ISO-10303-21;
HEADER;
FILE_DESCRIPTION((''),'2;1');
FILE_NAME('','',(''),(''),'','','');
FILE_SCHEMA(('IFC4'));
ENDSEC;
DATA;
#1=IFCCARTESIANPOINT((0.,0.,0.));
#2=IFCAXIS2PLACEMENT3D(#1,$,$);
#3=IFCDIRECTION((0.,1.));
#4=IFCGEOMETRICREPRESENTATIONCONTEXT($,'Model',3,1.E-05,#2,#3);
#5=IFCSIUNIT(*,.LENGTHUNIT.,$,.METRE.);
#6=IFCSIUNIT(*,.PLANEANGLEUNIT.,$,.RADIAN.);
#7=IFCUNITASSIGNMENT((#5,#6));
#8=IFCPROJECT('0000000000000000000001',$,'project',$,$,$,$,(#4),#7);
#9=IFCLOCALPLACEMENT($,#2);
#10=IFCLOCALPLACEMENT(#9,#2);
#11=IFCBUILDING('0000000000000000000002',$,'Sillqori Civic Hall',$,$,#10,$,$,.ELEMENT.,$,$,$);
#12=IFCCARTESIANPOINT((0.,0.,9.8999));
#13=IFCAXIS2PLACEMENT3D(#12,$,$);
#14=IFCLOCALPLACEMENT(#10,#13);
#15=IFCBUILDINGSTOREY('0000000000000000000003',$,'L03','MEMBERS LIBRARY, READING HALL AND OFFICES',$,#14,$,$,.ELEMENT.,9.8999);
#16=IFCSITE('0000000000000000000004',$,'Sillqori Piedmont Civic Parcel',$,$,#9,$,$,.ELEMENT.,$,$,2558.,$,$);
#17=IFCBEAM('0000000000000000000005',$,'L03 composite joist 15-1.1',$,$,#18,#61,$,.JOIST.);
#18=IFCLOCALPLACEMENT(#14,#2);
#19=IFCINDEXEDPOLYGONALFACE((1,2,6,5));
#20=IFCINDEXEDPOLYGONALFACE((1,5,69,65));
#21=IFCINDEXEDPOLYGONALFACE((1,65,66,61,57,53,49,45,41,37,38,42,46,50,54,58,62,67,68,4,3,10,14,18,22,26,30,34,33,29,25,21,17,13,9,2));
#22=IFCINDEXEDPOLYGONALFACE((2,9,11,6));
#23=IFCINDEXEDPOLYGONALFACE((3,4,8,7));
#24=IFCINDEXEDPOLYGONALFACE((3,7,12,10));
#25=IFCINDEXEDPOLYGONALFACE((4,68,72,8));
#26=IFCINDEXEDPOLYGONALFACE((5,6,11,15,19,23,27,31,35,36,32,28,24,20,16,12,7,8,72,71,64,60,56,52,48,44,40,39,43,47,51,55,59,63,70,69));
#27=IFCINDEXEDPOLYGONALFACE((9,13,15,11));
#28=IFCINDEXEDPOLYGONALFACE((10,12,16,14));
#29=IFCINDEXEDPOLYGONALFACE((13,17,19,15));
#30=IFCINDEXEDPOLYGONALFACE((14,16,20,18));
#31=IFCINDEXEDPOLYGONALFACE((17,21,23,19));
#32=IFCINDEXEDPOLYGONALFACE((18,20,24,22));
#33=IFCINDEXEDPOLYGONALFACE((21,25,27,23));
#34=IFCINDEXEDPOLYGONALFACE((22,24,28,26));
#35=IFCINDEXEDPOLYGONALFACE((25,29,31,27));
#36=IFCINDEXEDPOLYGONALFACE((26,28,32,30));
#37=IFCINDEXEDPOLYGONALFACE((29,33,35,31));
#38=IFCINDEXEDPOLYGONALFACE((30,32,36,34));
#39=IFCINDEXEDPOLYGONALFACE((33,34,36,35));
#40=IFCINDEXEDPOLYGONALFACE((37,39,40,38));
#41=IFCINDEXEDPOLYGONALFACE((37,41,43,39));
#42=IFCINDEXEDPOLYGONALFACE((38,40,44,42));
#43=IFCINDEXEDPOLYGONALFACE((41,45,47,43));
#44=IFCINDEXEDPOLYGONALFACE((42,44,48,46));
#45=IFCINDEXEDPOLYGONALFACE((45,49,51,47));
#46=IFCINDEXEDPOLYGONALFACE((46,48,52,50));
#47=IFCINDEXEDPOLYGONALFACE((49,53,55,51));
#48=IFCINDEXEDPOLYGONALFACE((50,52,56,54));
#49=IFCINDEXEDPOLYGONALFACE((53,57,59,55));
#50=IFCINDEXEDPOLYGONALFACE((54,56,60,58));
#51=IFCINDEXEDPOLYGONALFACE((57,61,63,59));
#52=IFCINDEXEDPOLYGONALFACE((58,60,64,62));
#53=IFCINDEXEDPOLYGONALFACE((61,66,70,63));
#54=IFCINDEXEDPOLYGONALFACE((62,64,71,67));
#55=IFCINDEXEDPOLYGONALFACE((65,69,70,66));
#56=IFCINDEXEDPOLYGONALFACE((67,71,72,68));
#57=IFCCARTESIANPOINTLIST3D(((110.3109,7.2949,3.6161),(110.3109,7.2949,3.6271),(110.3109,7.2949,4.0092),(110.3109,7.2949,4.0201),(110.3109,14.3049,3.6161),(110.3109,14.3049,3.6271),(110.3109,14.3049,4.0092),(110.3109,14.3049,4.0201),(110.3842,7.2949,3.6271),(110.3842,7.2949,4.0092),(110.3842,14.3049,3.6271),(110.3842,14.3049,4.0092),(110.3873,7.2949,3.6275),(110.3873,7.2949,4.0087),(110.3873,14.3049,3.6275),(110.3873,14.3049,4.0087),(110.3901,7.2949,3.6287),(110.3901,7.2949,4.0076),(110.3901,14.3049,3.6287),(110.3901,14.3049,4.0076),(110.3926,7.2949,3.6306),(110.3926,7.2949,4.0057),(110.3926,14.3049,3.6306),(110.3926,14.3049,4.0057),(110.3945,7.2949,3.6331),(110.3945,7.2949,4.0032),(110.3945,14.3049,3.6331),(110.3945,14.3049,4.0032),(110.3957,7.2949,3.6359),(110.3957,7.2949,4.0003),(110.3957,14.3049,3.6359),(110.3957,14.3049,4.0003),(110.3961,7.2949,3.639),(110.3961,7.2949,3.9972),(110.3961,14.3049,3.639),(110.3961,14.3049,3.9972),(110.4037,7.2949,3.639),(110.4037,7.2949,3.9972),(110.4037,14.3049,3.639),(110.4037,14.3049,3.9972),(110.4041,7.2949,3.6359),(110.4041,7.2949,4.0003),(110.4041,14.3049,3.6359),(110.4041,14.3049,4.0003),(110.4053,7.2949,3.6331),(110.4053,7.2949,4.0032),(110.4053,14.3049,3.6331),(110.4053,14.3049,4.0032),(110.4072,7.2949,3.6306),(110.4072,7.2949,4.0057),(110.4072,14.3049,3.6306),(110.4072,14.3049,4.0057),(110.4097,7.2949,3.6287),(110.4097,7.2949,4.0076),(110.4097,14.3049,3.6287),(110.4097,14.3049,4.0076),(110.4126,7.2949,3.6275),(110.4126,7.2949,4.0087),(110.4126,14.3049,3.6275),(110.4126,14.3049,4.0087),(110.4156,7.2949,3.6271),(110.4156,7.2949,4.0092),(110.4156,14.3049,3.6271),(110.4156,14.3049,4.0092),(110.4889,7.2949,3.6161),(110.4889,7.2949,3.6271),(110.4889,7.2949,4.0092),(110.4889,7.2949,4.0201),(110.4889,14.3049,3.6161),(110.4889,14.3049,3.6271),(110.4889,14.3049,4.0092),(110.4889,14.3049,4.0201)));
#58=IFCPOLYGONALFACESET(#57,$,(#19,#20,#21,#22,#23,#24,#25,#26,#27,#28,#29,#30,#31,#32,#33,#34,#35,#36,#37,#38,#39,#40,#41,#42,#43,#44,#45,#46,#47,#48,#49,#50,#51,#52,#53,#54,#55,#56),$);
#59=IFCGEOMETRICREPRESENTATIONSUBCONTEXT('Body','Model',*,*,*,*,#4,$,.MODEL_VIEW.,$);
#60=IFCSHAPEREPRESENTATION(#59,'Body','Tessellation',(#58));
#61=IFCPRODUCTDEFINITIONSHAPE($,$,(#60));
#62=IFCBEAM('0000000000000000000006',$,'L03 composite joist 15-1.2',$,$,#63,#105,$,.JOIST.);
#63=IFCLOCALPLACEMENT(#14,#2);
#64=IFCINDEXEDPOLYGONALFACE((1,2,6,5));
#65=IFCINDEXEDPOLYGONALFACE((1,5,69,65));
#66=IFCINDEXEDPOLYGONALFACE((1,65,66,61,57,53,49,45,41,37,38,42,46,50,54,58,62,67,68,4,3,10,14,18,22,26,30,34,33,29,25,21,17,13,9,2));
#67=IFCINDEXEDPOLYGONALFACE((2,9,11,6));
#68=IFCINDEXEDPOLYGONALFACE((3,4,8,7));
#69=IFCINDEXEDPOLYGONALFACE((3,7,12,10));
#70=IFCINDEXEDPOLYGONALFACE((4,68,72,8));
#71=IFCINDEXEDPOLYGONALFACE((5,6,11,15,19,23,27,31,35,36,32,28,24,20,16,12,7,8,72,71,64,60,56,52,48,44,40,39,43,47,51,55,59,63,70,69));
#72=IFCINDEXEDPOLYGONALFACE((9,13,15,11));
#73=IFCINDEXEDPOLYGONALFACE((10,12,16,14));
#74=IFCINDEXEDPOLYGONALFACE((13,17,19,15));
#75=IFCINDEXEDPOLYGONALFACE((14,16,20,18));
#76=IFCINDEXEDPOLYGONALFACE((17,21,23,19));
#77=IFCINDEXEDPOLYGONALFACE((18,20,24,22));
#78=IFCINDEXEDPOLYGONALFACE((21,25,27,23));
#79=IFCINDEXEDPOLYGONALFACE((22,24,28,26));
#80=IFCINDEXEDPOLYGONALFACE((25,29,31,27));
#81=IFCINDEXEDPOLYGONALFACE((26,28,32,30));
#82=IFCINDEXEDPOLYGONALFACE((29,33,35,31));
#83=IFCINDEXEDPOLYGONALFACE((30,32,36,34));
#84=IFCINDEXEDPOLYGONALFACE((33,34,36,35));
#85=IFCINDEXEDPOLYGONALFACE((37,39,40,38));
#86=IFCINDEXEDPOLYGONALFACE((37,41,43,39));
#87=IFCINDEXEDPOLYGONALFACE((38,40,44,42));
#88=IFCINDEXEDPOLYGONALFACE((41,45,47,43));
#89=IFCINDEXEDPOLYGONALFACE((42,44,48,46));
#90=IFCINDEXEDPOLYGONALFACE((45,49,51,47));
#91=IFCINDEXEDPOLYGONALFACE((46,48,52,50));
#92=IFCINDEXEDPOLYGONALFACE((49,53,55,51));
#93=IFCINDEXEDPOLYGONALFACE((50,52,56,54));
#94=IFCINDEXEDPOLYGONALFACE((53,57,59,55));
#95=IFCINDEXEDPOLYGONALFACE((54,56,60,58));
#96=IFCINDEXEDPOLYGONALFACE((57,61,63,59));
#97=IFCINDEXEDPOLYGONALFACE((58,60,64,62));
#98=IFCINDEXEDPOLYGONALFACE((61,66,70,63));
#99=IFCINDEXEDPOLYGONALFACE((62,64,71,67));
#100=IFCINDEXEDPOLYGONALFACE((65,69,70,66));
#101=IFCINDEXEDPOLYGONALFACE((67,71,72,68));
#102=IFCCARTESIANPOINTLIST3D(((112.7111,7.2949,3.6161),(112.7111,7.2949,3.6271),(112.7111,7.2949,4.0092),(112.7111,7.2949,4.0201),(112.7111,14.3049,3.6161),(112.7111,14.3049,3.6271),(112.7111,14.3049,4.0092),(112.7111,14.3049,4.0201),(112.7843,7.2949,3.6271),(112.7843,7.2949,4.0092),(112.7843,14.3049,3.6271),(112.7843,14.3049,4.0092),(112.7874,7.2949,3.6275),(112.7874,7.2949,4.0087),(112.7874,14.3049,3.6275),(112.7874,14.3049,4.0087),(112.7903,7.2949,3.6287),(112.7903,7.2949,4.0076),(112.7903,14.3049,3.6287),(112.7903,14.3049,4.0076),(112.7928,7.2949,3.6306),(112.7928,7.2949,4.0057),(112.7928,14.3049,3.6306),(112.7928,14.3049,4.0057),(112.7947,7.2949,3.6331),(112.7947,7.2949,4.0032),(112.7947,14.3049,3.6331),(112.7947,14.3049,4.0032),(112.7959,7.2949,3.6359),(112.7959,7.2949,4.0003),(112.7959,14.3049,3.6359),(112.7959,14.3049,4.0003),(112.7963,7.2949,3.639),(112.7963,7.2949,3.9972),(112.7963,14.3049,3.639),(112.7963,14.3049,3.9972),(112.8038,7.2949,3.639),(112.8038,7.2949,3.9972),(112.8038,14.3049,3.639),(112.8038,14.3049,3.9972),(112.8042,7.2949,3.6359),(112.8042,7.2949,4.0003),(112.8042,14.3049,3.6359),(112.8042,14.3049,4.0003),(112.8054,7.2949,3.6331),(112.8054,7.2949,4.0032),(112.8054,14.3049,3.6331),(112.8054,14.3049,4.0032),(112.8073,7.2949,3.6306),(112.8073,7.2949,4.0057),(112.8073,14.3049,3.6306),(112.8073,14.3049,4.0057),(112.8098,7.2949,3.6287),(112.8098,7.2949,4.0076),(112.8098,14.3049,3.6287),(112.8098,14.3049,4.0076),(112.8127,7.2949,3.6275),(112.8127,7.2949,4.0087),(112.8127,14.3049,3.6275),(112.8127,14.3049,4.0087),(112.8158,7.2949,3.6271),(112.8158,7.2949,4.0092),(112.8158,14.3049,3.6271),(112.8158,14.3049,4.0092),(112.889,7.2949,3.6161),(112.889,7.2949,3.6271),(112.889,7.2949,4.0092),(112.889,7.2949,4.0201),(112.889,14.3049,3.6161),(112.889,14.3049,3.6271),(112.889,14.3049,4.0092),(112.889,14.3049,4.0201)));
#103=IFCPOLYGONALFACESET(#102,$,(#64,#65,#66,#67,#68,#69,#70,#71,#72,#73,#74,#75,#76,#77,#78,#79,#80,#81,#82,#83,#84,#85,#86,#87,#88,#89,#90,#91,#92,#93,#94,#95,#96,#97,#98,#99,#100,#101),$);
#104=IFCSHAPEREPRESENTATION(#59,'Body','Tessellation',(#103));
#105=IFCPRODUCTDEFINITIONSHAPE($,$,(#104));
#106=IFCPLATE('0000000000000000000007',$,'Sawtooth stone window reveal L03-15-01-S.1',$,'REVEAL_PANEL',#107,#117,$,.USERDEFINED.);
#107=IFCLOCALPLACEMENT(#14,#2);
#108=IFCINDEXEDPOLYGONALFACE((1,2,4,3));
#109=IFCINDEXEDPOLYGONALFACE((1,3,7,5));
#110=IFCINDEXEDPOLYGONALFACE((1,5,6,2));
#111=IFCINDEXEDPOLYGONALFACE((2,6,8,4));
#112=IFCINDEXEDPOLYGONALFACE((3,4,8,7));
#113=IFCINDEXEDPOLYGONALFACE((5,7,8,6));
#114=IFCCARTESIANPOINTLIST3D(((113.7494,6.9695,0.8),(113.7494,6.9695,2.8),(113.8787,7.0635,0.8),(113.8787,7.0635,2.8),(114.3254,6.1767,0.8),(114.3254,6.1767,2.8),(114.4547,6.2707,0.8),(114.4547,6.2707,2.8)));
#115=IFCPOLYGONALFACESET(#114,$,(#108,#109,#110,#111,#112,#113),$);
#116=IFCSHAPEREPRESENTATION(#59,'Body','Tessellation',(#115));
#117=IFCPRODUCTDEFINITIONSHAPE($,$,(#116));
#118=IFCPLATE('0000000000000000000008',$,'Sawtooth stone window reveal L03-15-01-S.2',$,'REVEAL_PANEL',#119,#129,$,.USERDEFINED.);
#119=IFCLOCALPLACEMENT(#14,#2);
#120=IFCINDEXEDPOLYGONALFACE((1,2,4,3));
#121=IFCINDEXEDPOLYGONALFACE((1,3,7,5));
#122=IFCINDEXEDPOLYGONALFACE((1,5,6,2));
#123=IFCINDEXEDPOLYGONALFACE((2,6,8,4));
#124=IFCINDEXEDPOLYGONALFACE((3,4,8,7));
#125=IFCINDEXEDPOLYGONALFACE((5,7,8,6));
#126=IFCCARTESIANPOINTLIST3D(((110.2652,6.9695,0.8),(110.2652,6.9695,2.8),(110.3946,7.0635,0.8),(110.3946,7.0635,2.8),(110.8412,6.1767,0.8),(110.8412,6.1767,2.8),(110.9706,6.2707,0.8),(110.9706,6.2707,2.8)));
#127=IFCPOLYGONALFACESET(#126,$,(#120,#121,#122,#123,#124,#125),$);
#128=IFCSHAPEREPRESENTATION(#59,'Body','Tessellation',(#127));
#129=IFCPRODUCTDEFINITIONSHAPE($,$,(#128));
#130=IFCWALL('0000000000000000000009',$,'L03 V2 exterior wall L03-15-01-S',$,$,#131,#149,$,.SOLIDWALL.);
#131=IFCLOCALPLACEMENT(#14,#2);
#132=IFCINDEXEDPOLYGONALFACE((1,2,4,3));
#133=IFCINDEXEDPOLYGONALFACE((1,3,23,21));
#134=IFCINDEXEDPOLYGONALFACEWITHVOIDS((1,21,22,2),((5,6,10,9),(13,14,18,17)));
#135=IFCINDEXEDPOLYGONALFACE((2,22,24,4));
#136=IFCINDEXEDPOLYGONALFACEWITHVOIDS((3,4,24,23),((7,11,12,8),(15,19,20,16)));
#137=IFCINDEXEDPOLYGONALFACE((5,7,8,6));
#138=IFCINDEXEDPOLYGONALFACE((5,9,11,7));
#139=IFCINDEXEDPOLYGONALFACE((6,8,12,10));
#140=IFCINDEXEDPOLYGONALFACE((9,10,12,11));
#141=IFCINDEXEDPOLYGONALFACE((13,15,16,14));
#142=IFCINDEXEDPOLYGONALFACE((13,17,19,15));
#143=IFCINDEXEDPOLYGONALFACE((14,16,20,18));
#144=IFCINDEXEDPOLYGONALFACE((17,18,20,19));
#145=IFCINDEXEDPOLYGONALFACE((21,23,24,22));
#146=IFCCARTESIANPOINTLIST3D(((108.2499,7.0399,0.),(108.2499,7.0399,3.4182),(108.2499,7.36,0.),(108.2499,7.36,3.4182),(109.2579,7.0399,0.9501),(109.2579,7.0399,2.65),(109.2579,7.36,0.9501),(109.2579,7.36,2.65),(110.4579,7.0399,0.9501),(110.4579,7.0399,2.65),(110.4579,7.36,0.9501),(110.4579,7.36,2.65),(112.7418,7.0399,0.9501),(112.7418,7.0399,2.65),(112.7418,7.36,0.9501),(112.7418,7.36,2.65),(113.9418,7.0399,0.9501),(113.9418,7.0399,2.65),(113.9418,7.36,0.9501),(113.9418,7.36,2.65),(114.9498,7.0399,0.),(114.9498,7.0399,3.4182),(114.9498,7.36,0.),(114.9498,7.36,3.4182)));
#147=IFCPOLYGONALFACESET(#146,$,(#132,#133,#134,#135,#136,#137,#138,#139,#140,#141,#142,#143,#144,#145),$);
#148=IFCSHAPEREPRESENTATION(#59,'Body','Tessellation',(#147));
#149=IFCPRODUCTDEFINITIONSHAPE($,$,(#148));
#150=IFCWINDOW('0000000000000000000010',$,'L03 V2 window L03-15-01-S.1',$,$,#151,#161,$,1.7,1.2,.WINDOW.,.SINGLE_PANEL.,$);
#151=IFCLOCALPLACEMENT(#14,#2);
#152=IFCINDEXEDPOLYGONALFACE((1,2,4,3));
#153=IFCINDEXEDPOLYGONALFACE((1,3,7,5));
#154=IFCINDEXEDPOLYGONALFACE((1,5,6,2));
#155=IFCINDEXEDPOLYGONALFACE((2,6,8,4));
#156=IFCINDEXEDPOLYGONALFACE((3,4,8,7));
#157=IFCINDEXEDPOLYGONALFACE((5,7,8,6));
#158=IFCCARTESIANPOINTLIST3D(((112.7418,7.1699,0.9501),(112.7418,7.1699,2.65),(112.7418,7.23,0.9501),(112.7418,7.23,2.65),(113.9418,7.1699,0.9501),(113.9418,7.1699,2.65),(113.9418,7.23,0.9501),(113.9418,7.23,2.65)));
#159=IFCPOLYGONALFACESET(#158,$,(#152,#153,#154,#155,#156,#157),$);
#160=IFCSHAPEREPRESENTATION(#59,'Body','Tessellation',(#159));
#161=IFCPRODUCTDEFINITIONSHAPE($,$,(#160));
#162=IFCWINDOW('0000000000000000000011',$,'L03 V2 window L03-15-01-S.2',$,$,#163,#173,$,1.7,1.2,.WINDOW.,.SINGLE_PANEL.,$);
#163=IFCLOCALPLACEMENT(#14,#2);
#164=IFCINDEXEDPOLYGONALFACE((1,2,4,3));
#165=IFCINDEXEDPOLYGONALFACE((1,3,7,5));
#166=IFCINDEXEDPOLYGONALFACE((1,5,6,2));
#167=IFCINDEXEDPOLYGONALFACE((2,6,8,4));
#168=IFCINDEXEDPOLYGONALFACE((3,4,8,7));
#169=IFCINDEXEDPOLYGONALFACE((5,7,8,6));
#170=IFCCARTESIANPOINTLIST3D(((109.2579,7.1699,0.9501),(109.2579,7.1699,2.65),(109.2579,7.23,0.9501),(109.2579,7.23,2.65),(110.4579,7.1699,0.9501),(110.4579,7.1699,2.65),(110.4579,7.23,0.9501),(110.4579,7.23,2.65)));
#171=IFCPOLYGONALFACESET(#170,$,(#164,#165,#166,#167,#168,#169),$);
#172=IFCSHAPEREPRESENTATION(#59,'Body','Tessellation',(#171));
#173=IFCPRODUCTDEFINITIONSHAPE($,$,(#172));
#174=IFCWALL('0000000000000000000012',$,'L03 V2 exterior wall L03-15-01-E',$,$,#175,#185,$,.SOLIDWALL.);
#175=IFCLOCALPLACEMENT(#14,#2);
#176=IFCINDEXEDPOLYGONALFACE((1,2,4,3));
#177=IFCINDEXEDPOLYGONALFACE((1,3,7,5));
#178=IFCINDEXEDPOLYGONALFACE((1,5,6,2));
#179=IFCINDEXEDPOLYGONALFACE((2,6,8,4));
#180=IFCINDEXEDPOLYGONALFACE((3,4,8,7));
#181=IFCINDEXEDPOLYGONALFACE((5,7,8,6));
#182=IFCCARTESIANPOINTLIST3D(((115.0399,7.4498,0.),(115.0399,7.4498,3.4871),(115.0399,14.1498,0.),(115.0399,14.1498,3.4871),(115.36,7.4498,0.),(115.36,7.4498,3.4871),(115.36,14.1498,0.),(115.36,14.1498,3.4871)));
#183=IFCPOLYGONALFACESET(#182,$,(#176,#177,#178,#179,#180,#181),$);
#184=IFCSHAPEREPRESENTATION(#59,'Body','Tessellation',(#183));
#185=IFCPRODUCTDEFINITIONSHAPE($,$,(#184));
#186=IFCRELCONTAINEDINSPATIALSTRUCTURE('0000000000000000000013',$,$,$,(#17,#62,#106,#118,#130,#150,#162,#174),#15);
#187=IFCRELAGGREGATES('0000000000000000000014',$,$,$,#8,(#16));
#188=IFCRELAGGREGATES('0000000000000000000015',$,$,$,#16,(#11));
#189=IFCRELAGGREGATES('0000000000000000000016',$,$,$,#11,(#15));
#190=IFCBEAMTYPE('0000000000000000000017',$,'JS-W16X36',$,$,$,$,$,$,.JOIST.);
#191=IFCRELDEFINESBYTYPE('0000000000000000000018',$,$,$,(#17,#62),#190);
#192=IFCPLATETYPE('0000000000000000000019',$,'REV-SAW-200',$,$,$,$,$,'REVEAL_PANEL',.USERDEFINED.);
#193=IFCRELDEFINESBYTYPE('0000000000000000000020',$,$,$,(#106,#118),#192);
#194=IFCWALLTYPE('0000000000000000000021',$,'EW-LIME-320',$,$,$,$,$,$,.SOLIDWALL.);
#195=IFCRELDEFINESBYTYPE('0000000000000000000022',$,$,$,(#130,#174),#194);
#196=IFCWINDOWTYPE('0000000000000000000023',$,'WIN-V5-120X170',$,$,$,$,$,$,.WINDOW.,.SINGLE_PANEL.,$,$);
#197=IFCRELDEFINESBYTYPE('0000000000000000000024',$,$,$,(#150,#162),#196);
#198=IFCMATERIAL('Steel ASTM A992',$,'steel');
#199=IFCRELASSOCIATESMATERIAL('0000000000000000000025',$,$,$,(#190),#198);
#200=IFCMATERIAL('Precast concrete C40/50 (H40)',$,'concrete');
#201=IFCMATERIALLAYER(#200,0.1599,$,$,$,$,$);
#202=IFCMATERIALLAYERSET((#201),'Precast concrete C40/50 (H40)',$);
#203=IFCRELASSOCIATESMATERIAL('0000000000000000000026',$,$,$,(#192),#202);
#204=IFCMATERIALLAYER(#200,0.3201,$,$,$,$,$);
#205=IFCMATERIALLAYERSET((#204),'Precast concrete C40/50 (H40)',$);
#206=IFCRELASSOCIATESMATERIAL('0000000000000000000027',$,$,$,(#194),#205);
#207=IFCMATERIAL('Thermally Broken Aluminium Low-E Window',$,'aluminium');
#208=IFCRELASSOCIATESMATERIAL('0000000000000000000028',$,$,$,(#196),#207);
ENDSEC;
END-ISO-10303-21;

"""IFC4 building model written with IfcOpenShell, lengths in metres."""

from ifc_helpers import new_model, si_unit, direction, frame, frame_2d, origin, origin_2d, place, context, subcontext, project, spatial, rectangle, i_section, extrude, material, layer, layer_set, material_profile, profile_set, type_object, element, fill, save


model = new_model("IFC4")

# Units and contexts
model_context = context("Model", 3, precision=1e-05, world=origin(), true_north=direction((0.0, 1.0)))
body_context = subcontext(model_context, "Body", "Model", "MODEL_VIEW")
ifc_project = project(units=[si_unit("LENGTHUNIT", "METRE"), si_unit("PLANEANGLEUNIT", "RADIAN")], contexts=[model_context])

# Site, building, storey
site_placement = place(None, origin())
site = spatial("IfcSite", under=ifc_project, at=site_placement, Name="Sillqori Piedmont Civic Parcel", CompositionType="ELEMENT", RefElevation=2558.0)
building_placement = place(site_placement, origin())
building = spatial("IfcBuilding", under=site, at=building_placement, Name="Sillqori Civic Hall", CompositionType="ELEMENT")
storey_placement = place(building_placement, frame((0.0, 0.0, 9.8999)))
storey = spatial("IfcBuildingStorey", under=building, at=storey_placement, Name="L03", Description="MEMBERS LIBRARY, READING HALL AND OFFICES", CompositionType="ELEMENT", Elevation=9.8999)

# Beams
ifc_material_1 = material(Name="Steel ASTM A992", Category="steel")
ifc_material_profile_1 = material_profile(ifc_material_1, i_section(OverallWidth=0.178, OverallDepth=0.4041, WebThickness=0.0076, FlangeThickness=0.011, FilletRadius=0.012, at=origin_2d()), Name="W16X36")
ifc_profile_set_1 = profile_set([ifc_material_profile_1], Name="Steel ASTM A992")
beam_type_1 = type_object("IfcBeamType", Name="JS-W16X36", PredefinedType="JOIST", material=ifc_profile_set_1)
for number, where, z_axis, x_axis, name in (
    (1, (110.3999, 7.2949, 3.8181), (0.0, 1.0, 0.0), (-1.0, 0.0, 0.0), "L03 composite joist 15-1.1"),
    (2, (112.8, 7.2949, 3.8181), (0.0, 1.0, 0.0), (-1.0, 0.0, 0.0), "L03 composite joist 15-1.2"),
):
    element("IfcBeam", number, at=place(storey_placement, frame(where, z_axis=z_axis, x_axis=x_axis)), inside=storey, type_object=beam_type_1, Name=name, PredefinedType="JOIST", context=body_context, shape_type="SweptSolid", body=[
        extrude(i_section(OverallWidth=0.178, OverallDepth=0.4041, WebThickness=0.0076, FlangeThickness=0.011, FilletRadius=0.012, at=origin_2d()), origin(), (0.0, 0.0, 1.0), 7.01),
    ])

# Plates
ifc_material_2 = material(Name="Precast concrete C40/50 (H40)", Category="concrete")
ifc_layer_1 = layer(ifc_material_2, 0.1599)
ifc_layer_set_1 = layer_set([ifc_layer_1], Name="Precast concrete C40/50 (H40)")
plate_type = type_object("IfcPlateType", Name="REV-SAW-200", ElementType="REVEAL_PANEL", PredefinedType="USERDEFINED", material=ifc_layer_set_1)
for number, where, z_axis, x_axis, name in (
    (3, (114.1021, 6.6201, 0.8), (0.0, 0.0, 1.0), (-0.809017, -0.587785, 0.0), "Sawtooth stone window reveal L03-15-01-S.1"),
    (4, (110.6179, 6.6201, 0.8), (0.0, 0.0, 1.0), (-0.809017, -0.587785, 0.0), "Sawtooth stone window reveal L03-15-01-S.2"),
):
    element("IfcPlate", number, at=place(storey_placement, frame(where, z_axis=z_axis, x_axis=x_axis)), inside=storey, type_object=plate_type, Name=name, ObjectType="REVEAL_PANEL", PredefinedType="USERDEFINED", context=body_context, shape_type="SweptSolid", body=[
        extrude(rectangle(XDim=0.1599, YDim=0.98, at=origin_2d()), origin(), (0.0, 0.0, 1.0), 2.0),
    ])

# Wall, openings, windows
ifc_layer_2 = layer(ifc_material_2, 0.3201)
ifc_layer_set_2 = layer_set([ifc_layer_2], Name="Precast concrete C40/50 (H40)")
wall_type = type_object("IfcWallType", Name="EW-LIME-320", PredefinedType="SOLIDWALL", material=ifc_layer_set_2)
wall_1_placement = place(storey_placement, frame((114.95, 7.2, 0.0), z_axis=(0.0, 0.0, 1.0), x_axis=(-1.0, 0.0, 0.0)))
wall_1 = element("IfcWall", 5, at=wall_1_placement, inside=storey, type_object=wall_type, Name="L03 V2 exterior wall L03-15-01-S", PredefinedType="SOLIDWALL", context=body_context, shape_type="SweptSolid", body=[
    extrude(rectangle(XDim=6.7, YDim=0.3201, at=frame_2d((3.3501, 0.0))), origin(), (0.0, 0.0, 1.0), 3.4182),
])
opening_1_placement = place(wall_1_placement, frame((1.0081, 0.0, 0.95)))
opening_1 = element("IfcOpeningElement", 6, at=opening_1_placement, cuts=wall_1, PredefinedType="OPENING", context=body_context, shape_type="SweptSolid", body=[
    extrude(rectangle(XDim=1.2, YDim=1.7, at=frame_2d((0.6001, 0.8501))), frame((0.0, 0.1699, 0.0), z_axis=(0.0, -1.0, 0.0), x_axis=(1.0, 0.0, 0.0)), (0.0, 0.0, 1.0), 0.3401),
])
opening_2_placement = place(wall_1_placement, frame((4.4919, 0.0, 0.95)))
opening_2 = element("IfcOpeningElement", 7, at=opening_2_placement, cuts=wall_1, PredefinedType="OPENING", context=body_context, shape_type="SweptSolid", body=[
    extrude(rectangle(XDim=1.2, YDim=1.7, at=frame_2d((0.6001, 0.8501))), frame((0.0, 0.1699, 0.0), z_axis=(0.0, -1.0, 0.0), x_axis=(1.0, 0.0, 0.0)), (0.0, 0.0, 1.0), 0.3401),
])
ifc_material_3 = material(Name="Thermally Broken Aluminium Low-E Window", Category="aluminium")
window_type = type_object("IfcWindowType", Name="WIN-V5-120X170", PartitioningType="SINGLE_PANEL", PredefinedType="WINDOW", material=ifc_material_3)
window_1_placement = place(opening_1_placement, origin())
window_1 = element("IfcWindow", 8, at=window_1_placement, inside=storey, type_object=window_type, Name="L03 V2 window L03-15-01-S.1", OverallHeight=1.7, OverallWidth=1.2, PartitioningType="SINGLE_PANEL", PredefinedType="WINDOW", context=body_context, shape_type="SweptSolid", body=[
    extrude(rectangle(XDim=1.2, YDim=1.7, at=frame_2d((0.6001, 0.8501))), frame((0.0, 0.03, 0.0), z_axis=(0.0, -1.0, 0.0), x_axis=(1.0, 0.0, 0.0)), (0.0, 0.0, 1.0), 0.0601),
])
fill(opening_1, window_1)
window_2_placement = place(opening_2_placement, origin())
window_2 = element("IfcWindow", 9, at=window_2_placement, inside=storey, type_object=window_type, Name="L03 V2 window L03-15-01-S.2", OverallHeight=1.7, OverallWidth=1.2, PartitioningType="SINGLE_PANEL", PredefinedType="WINDOW", context=body_context, shape_type="SweptSolid", body=[
    extrude(rectangle(XDim=1.2, YDim=1.7, at=frame_2d((0.6001, 0.8501))), frame((0.0, 0.03, 0.0), z_axis=(0.0, -1.0, 0.0), x_axis=(1.0, 0.0, 0.0)), (0.0, 0.0, 1.0), 0.0601),
])
fill(opening_2, window_2)

# Wall
wall_2_placement = place(storey_placement, frame((115.2, 14.1499, 0.0), z_axis=(0.0, 0.0, 1.0), x_axis=(0.0, -1.0, 0.0)))
element("IfcWall", 10, at=wall_2_placement, inside=storey, type_object=wall_type, Name="L03 V2 exterior wall L03-15-01-E", PredefinedType="SOLIDWALL", context=body_context, shape_type="SweptSolid", body=[
    extrude(rectangle(XDim=6.7, YDim=0.3201, at=frame_2d((3.3501, 0.0))), origin(), (0.0, 0.0, 1.0), 3.4871),
])

save(model, "model.ifc")
